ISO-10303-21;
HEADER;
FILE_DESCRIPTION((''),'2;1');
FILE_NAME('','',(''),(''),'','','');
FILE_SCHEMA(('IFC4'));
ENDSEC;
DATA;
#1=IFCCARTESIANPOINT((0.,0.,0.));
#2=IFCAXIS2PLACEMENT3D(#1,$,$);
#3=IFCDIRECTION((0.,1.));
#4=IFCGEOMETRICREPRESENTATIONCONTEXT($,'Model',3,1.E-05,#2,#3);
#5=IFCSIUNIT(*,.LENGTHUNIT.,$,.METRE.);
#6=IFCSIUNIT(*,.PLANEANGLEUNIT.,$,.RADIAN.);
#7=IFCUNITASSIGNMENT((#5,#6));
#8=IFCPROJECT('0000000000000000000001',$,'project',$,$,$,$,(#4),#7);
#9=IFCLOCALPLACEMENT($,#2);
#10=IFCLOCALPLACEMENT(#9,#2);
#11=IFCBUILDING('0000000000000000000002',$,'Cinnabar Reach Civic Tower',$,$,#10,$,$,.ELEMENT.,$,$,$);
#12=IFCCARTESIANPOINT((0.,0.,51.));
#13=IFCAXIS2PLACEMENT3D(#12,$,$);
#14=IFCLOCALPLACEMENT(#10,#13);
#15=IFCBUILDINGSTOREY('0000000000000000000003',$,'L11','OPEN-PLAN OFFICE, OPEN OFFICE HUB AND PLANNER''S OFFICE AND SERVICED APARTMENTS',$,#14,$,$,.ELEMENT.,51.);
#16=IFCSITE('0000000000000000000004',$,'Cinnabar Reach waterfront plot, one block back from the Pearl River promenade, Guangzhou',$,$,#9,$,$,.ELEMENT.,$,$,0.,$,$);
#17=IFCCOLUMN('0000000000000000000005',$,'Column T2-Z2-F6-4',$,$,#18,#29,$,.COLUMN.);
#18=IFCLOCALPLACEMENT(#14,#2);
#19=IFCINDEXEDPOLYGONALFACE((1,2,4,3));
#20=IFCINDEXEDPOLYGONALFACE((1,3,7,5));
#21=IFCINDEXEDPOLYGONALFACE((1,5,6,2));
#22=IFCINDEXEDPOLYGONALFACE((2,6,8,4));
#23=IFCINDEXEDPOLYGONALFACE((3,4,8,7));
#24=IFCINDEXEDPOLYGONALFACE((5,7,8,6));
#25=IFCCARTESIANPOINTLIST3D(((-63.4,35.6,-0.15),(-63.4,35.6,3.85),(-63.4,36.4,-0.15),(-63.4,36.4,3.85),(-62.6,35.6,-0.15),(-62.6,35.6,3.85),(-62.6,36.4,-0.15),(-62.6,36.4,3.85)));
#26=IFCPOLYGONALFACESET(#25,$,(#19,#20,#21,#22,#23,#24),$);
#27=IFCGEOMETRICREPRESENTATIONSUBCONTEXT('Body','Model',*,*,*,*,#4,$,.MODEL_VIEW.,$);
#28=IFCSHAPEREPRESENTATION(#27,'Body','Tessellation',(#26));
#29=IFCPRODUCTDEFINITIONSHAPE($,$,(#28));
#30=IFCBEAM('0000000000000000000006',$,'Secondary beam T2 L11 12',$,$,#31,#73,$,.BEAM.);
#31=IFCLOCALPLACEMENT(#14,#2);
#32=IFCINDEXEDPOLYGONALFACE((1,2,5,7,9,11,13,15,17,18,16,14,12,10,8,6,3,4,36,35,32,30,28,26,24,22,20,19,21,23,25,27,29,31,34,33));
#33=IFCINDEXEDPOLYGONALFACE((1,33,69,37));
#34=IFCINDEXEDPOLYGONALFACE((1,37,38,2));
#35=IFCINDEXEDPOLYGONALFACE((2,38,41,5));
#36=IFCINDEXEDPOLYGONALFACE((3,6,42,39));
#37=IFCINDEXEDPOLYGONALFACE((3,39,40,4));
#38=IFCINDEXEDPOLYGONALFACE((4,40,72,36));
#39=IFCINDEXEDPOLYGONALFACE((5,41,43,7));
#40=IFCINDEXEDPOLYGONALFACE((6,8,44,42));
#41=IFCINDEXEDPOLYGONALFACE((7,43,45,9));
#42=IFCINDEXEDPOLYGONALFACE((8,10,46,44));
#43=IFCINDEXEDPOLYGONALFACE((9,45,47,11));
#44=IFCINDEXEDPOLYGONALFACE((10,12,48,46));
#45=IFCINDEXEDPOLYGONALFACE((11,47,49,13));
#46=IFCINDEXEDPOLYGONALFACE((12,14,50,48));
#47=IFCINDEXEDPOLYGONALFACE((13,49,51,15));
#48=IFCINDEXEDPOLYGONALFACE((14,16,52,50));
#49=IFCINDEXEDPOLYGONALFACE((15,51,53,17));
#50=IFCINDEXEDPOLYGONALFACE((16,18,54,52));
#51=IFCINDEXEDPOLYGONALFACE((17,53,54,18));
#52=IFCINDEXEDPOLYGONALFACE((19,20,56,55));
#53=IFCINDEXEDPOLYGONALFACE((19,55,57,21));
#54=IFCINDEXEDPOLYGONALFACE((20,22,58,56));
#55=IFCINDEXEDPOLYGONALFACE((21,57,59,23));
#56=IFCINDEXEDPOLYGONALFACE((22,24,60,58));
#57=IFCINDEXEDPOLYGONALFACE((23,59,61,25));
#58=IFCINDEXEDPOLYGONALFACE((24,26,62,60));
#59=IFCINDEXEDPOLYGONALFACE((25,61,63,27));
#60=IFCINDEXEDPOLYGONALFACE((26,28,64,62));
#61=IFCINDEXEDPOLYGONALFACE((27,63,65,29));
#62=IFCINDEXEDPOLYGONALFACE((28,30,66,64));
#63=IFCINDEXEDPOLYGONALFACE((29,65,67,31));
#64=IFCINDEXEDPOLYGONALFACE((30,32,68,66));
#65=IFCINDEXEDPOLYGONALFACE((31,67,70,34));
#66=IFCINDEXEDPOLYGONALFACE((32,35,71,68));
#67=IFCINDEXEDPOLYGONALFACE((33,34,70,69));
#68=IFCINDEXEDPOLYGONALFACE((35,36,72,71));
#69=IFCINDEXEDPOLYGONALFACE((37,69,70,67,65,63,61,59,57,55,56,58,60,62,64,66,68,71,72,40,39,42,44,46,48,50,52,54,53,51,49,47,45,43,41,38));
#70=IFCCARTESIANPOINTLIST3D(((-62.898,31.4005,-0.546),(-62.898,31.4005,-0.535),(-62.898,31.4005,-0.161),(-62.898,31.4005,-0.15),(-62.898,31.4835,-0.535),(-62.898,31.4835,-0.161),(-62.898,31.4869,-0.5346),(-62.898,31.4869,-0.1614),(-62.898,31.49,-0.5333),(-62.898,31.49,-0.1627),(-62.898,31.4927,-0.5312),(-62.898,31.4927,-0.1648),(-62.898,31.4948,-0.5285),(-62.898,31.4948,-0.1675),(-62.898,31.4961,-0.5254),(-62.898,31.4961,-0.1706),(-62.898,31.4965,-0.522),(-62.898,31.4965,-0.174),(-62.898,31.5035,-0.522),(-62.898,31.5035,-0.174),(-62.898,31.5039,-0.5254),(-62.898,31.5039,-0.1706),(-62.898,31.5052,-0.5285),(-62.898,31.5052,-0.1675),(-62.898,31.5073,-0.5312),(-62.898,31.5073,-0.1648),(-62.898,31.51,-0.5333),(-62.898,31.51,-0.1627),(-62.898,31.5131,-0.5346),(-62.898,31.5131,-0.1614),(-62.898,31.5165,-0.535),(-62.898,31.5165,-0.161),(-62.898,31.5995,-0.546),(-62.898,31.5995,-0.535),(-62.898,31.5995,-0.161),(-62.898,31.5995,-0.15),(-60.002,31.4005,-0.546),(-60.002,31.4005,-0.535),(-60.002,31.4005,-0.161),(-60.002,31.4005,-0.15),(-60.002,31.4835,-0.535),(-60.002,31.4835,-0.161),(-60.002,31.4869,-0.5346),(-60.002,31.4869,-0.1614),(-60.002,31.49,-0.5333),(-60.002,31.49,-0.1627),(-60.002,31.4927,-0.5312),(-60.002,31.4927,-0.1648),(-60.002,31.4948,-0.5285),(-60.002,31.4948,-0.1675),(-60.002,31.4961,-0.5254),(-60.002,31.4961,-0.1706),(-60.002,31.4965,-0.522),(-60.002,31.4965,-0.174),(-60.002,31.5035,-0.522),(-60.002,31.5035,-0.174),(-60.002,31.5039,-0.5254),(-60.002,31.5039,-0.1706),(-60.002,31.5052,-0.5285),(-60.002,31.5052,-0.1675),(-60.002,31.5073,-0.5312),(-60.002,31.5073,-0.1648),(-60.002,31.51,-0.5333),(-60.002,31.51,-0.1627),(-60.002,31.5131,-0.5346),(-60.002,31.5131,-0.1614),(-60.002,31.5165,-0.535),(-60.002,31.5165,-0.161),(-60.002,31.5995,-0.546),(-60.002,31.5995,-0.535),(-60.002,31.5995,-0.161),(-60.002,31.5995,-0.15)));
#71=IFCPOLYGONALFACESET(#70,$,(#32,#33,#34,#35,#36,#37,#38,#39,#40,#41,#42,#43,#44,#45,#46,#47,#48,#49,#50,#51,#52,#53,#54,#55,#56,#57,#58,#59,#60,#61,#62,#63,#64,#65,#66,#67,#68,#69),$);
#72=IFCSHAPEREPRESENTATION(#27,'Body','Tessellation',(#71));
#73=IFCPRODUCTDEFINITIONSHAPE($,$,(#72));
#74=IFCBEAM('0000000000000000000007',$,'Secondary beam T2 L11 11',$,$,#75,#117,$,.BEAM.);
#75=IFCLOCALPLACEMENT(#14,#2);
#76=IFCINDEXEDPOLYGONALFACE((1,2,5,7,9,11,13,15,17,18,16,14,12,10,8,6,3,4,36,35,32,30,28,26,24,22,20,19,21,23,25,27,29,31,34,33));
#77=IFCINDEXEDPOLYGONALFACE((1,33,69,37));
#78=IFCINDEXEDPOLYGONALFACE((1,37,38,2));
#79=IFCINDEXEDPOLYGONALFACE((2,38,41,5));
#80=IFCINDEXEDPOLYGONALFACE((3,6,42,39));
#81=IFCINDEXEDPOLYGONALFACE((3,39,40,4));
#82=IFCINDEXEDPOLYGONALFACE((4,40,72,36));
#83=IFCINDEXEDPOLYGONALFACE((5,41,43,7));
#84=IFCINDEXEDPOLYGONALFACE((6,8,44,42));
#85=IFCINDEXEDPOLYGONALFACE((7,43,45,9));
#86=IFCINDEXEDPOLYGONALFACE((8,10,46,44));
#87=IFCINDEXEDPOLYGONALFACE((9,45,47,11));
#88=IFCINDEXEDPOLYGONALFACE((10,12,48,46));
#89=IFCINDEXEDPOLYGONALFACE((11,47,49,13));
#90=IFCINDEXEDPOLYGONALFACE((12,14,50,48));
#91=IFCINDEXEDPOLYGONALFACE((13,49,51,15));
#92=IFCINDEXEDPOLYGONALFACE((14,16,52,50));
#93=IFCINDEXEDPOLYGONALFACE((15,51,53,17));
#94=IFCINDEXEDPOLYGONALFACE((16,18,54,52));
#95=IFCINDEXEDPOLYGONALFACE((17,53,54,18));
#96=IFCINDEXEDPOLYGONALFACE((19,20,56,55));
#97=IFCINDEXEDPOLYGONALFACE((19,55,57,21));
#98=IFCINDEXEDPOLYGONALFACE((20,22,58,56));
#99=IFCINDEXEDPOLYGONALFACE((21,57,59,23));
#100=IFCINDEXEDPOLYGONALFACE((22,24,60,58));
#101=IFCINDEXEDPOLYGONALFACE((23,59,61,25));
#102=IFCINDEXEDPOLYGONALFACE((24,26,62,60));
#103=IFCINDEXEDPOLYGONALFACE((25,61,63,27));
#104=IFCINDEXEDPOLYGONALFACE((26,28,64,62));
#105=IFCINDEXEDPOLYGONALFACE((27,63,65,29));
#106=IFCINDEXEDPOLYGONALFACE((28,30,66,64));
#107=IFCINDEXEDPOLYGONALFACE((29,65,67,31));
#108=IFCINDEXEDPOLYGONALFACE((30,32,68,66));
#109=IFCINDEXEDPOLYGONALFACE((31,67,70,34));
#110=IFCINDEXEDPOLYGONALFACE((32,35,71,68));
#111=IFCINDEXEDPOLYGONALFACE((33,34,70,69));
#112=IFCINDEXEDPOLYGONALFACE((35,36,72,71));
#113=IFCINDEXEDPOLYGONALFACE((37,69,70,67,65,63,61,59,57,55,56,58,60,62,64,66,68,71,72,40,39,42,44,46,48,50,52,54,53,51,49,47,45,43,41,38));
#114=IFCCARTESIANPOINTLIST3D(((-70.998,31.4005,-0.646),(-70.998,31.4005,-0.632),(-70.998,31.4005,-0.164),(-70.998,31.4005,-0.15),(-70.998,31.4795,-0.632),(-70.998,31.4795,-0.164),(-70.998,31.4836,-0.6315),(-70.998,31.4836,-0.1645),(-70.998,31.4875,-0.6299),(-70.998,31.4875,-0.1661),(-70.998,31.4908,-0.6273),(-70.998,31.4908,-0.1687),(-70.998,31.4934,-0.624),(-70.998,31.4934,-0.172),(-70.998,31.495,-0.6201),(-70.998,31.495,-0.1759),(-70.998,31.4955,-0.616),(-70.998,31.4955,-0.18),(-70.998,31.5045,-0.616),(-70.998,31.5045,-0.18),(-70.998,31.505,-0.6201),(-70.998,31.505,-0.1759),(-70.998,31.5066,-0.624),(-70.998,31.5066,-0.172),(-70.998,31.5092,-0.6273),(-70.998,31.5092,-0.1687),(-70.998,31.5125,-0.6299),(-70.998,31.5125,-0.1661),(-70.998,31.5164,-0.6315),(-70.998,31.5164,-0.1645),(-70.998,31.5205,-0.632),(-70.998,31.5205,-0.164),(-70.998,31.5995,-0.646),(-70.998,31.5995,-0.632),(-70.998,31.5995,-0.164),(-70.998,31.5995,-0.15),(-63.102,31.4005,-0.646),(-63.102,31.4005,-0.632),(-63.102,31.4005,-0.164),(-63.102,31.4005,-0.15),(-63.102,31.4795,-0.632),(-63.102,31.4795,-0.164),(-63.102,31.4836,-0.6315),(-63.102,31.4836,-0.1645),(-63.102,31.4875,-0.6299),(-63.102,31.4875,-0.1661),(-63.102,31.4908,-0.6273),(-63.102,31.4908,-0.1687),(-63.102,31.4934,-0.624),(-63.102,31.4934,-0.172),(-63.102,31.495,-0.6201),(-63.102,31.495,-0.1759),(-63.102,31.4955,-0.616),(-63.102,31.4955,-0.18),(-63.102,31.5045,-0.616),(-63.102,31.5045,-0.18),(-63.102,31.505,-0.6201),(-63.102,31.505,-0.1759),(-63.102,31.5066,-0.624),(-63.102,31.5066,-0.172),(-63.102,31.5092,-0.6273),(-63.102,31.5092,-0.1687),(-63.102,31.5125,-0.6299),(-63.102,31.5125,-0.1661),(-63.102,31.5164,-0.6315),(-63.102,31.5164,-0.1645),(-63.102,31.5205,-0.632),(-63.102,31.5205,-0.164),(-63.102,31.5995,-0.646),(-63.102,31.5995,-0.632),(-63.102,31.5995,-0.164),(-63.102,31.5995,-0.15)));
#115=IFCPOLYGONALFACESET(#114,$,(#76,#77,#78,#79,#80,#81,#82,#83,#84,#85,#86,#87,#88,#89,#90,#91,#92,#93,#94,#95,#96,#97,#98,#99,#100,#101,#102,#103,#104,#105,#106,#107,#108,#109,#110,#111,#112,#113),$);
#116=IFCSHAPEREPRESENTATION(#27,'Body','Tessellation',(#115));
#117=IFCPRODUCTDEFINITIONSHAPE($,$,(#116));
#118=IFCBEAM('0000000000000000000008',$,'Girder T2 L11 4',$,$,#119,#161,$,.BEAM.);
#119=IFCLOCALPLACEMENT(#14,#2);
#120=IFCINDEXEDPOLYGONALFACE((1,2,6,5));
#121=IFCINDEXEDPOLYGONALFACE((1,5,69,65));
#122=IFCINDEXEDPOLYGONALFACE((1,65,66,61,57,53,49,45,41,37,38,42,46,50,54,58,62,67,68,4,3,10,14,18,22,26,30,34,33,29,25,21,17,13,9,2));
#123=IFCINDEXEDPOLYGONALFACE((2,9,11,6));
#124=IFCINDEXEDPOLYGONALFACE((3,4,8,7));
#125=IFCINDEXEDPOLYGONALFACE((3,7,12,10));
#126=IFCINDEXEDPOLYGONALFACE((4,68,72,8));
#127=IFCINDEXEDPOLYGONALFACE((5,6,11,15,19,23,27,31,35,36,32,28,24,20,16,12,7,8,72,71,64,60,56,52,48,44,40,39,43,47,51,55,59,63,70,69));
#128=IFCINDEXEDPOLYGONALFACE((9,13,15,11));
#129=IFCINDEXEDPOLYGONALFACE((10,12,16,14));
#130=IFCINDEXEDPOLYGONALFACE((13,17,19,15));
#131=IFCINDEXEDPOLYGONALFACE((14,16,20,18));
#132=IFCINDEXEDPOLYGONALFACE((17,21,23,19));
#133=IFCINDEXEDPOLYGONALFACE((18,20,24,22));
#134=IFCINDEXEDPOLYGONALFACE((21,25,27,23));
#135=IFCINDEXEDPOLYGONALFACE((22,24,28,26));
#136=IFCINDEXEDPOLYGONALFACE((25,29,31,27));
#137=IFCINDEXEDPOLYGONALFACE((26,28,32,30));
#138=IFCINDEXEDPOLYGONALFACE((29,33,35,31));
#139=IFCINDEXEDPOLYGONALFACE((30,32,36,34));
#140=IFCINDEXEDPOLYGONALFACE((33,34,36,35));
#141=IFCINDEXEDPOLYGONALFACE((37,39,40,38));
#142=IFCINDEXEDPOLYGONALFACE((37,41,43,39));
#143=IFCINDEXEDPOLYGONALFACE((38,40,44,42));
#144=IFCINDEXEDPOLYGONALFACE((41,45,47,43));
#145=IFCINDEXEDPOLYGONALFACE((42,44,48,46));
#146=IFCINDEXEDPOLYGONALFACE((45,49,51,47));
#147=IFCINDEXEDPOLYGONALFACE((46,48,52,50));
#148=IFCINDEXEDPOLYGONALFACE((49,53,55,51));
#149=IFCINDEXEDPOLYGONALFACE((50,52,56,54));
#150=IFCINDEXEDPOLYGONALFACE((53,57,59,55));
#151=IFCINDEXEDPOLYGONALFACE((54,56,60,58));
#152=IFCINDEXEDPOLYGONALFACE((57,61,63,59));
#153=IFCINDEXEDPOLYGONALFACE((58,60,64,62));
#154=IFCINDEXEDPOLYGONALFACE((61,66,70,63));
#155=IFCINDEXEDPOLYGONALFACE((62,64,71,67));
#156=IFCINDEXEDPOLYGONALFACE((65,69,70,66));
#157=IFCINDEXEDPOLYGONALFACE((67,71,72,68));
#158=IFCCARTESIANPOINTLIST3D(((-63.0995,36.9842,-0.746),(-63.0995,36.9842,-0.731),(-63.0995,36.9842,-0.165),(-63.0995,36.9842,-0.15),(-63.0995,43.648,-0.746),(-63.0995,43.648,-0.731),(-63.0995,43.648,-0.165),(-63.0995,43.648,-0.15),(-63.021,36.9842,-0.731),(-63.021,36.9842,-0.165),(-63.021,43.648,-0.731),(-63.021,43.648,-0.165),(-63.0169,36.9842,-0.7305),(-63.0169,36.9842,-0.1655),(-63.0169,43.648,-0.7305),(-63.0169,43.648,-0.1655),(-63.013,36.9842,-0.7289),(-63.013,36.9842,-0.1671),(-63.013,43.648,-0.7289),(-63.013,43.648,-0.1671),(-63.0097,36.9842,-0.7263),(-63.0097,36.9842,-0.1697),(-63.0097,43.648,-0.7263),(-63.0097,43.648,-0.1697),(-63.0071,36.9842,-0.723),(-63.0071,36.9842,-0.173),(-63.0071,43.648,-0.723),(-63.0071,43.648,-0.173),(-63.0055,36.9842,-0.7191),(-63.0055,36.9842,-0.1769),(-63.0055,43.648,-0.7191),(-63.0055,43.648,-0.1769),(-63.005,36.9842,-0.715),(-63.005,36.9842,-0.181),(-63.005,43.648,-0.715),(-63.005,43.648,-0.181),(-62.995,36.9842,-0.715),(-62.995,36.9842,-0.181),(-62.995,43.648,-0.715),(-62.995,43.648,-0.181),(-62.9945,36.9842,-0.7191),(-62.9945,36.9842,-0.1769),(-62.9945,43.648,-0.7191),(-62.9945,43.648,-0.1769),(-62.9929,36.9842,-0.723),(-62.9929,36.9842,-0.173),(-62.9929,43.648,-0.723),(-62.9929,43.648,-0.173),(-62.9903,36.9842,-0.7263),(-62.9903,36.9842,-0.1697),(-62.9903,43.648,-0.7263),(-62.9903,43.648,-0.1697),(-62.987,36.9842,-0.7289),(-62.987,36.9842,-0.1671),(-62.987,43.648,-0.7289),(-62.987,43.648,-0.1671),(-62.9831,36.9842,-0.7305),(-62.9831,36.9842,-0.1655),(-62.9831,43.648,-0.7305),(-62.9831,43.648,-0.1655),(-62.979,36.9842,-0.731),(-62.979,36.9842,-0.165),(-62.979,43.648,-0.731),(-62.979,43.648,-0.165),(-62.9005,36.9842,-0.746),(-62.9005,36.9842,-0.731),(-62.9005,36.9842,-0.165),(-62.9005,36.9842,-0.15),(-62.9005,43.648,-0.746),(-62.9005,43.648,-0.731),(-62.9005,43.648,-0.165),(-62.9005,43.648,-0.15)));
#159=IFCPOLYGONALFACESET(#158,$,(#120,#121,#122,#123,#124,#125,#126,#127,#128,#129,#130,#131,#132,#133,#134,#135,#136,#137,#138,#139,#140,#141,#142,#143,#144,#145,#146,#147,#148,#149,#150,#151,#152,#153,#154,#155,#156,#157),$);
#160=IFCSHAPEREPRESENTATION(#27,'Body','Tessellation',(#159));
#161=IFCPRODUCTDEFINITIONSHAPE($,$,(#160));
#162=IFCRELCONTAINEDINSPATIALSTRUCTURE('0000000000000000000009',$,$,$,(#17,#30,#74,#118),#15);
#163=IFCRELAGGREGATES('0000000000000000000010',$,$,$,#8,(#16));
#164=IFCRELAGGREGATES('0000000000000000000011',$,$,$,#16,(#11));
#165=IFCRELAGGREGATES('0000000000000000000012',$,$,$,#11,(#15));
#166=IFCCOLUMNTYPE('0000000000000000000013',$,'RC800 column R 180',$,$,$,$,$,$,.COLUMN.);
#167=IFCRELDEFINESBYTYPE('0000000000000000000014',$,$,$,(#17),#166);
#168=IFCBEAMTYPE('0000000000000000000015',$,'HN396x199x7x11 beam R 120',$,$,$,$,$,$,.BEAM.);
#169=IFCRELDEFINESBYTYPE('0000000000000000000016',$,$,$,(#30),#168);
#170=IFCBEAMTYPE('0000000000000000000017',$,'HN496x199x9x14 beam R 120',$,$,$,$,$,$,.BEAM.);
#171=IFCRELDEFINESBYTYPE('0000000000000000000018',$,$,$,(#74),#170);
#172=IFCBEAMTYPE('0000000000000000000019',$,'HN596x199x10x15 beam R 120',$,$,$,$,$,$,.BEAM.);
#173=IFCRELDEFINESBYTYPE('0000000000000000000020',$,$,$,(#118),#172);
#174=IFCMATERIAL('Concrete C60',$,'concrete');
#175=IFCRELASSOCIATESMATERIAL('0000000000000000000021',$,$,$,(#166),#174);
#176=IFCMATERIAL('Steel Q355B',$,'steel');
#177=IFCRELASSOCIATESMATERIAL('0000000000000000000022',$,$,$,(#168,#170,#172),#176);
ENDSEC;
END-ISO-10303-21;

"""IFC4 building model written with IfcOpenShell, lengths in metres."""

from ifc_helpers import new_model, si_unit, direction, frame, origin, origin_2d, place, context, subcontext, project, spatial, rectangle, i_section, extrude, material, material_profile, profile_set, type_object, element, save


model = new_model("IFC4")

# Units and contexts
model_context = context("Model", 3, precision=1e-05, world=origin(), true_north=direction((0.0, 1.0)))
body_context = subcontext(model_context, "Body", "Model", "MODEL_VIEW")
ifc_project = project(units=[si_unit("LENGTHUNIT", "METRE"), si_unit("PLANEANGLEUNIT", "RADIAN")], contexts=[model_context])

# Site, building, storey
site_placement = place(None, origin())
site = spatial("IfcSite", under=ifc_project, at=site_placement, Name="Cinnabar Reach waterfront plot, one block back from the Pearl River promenade, Guangzhou", CompositionType="ELEMENT", RefElevation=0.0)
building_placement = place(site_placement, origin())
building = spatial("IfcBuilding", under=site, at=building_placement, Name="Cinnabar Reach Civic Tower", CompositionType="ELEMENT")
storey_placement = place(building_placement, frame((0.0, 0.0, 51.0)))
storey = spatial("IfcBuildingStorey", under=building, at=storey_placement, Name="L11", Description="OPEN-PLAN OFFICE, OPEN OFFICE HUB AND PLANNER'S OFFICE AND SERVICED APARTMENTS", CompositionType="ELEMENT", Elevation=51.0)

# Column
ifc_material_1 = material(Name="Concrete C60", Category="concrete")
ifc_material_profile_1 = material_profile(ifc_material_1, rectangle(XDim=0.8, YDim=0.8, at=origin_2d()), Name="RC800")
ifc_profile_set_1 = profile_set([ifc_material_profile_1], Name="Concrete C60")
column_type = type_object("IfcColumnType", Name="RC800 column R 180", PredefinedType="COLUMN", material=ifc_profile_set_1)
column_placement = place(storey_placement, frame((-63.0, 36.0, -0.15), z_axis=(0.0, 0.0, 1.0), x_axis=(1.0, 0.0, 0.0)))
element("IfcColumn", 1, at=column_placement, inside=storey, type_object=column_type, Name="Column T2-Z2-F6-4", PredefinedType="COLUMN", context=body_context, shape_type="SweptSolid", body=[
    extrude(rectangle(XDim=0.8, YDim=0.8, at=origin_2d()), origin(), (0.0, 0.0, 1.0), 4.0),
])

# Beams
ifc_material_2 = material(Name="Steel Q355B", Category="steel")
ifc_material_profile_2 = material_profile(ifc_material_2, i_section(OverallWidth=0.199, OverallDepth=0.396, WebThickness=0.007, FlangeThickness=0.011, FilletRadius=0.013, at=origin_2d()), Name="HN396x199x7x11")
ifc_profile_set_2 = profile_set([ifc_material_profile_2], Name="Steel Q355B")
beam_type_1 = type_object("IfcBeamType", Name="HN396x199x7x11 beam R 120", PredefinedType="BEAM", material=ifc_profile_set_2)
beam_1_placement = place(storey_placement, frame((-62.898, 31.5, -0.348), z_axis=(1.0, 0.0, 0.0), x_axis=(0.0, 1.0, 0.0)))
element("IfcBeam", 2, at=beam_1_placement, inside=storey, type_object=beam_type_1, Name="Secondary beam T2 L11 12", PredefinedType="BEAM", context=body_context, shape_type="SweptSolid", body=[
    extrude(i_section(OverallWidth=0.199, OverallDepth=0.396, WebThickness=0.007, FlangeThickness=0.011, FilletRadius=0.013, at=origin_2d()), origin(), (0.0, 0.0, 1.0), 2.896),
])
ifc_material_profile_3 = material_profile(ifc_material_2, i_section(OverallWidth=0.199, OverallDepth=0.496, WebThickness=0.009, FlangeThickness=0.014, FilletRadius=0.016, at=origin_2d()), Name="HN496x199x9x14")
ifc_profile_set_3 = profile_set([ifc_material_profile_3], Name="Steel Q355B")
beam_type_2 = type_object("IfcBeamType", Name="HN496x199x9x14 beam R 120", PredefinedType="BEAM", material=ifc_profile_set_3)
beam_2_placement = place(storey_placement, frame((-70.998, 31.5, -0.398), z_axis=(1.0, 0.0, 0.0), x_axis=(0.0, 1.0, 0.0)))
element("IfcBeam", 3, at=beam_2_placement, inside=storey, type_object=beam_type_2, Name="Secondary beam T2 L11 11", PredefinedType="BEAM", context=body_context, shape_type="SweptSolid", body=[
    extrude(i_section(OverallWidth=0.199, OverallDepth=0.496, WebThickness=0.009, FlangeThickness=0.014, FilletRadius=0.016, at=origin_2d()), origin(), (0.0, 0.0, 1.0), 7.896),
])
ifc_material_profile_4 = material_profile(ifc_material_2, i_section(OverallWidth=0.199, OverallDepth=0.596, WebThickness=0.01, FlangeThickness=0.015, FilletRadius=0.016, at=origin_2d()), Name="HN596x199x10x15")
ifc_profile_set_4 = profile_set([ifc_material_profile_4], Name="Steel Q355B")
beam_type_3 = type_object("IfcBeamType", Name="HN596x199x10x15 beam R 120", PredefinedType="BEAM", material=ifc_profile_set_4)
beam_3_placement = place(storey_placement, frame((-63.0, 36.9842, -0.448), z_axis=(0.0, 1.0, 0.0), x_axis=(-1.0, 0.0, 0.0)))
element("IfcBeam", 4, at=beam_3_placement, inside=storey, type_object=beam_type_3, Name="Girder T2 L11 4", PredefinedType="BEAM", context=body_context, shape_type="SweptSolid", body=[
    extrude(i_section(OverallWidth=0.199, OverallDepth=0.596, WebThickness=0.01, FlangeThickness=0.015, FilletRadius=0.016, at=origin_2d()), origin(), (0.0, 0.0, 1.0), 6.6638),
])

save(model, "model.ifc")
